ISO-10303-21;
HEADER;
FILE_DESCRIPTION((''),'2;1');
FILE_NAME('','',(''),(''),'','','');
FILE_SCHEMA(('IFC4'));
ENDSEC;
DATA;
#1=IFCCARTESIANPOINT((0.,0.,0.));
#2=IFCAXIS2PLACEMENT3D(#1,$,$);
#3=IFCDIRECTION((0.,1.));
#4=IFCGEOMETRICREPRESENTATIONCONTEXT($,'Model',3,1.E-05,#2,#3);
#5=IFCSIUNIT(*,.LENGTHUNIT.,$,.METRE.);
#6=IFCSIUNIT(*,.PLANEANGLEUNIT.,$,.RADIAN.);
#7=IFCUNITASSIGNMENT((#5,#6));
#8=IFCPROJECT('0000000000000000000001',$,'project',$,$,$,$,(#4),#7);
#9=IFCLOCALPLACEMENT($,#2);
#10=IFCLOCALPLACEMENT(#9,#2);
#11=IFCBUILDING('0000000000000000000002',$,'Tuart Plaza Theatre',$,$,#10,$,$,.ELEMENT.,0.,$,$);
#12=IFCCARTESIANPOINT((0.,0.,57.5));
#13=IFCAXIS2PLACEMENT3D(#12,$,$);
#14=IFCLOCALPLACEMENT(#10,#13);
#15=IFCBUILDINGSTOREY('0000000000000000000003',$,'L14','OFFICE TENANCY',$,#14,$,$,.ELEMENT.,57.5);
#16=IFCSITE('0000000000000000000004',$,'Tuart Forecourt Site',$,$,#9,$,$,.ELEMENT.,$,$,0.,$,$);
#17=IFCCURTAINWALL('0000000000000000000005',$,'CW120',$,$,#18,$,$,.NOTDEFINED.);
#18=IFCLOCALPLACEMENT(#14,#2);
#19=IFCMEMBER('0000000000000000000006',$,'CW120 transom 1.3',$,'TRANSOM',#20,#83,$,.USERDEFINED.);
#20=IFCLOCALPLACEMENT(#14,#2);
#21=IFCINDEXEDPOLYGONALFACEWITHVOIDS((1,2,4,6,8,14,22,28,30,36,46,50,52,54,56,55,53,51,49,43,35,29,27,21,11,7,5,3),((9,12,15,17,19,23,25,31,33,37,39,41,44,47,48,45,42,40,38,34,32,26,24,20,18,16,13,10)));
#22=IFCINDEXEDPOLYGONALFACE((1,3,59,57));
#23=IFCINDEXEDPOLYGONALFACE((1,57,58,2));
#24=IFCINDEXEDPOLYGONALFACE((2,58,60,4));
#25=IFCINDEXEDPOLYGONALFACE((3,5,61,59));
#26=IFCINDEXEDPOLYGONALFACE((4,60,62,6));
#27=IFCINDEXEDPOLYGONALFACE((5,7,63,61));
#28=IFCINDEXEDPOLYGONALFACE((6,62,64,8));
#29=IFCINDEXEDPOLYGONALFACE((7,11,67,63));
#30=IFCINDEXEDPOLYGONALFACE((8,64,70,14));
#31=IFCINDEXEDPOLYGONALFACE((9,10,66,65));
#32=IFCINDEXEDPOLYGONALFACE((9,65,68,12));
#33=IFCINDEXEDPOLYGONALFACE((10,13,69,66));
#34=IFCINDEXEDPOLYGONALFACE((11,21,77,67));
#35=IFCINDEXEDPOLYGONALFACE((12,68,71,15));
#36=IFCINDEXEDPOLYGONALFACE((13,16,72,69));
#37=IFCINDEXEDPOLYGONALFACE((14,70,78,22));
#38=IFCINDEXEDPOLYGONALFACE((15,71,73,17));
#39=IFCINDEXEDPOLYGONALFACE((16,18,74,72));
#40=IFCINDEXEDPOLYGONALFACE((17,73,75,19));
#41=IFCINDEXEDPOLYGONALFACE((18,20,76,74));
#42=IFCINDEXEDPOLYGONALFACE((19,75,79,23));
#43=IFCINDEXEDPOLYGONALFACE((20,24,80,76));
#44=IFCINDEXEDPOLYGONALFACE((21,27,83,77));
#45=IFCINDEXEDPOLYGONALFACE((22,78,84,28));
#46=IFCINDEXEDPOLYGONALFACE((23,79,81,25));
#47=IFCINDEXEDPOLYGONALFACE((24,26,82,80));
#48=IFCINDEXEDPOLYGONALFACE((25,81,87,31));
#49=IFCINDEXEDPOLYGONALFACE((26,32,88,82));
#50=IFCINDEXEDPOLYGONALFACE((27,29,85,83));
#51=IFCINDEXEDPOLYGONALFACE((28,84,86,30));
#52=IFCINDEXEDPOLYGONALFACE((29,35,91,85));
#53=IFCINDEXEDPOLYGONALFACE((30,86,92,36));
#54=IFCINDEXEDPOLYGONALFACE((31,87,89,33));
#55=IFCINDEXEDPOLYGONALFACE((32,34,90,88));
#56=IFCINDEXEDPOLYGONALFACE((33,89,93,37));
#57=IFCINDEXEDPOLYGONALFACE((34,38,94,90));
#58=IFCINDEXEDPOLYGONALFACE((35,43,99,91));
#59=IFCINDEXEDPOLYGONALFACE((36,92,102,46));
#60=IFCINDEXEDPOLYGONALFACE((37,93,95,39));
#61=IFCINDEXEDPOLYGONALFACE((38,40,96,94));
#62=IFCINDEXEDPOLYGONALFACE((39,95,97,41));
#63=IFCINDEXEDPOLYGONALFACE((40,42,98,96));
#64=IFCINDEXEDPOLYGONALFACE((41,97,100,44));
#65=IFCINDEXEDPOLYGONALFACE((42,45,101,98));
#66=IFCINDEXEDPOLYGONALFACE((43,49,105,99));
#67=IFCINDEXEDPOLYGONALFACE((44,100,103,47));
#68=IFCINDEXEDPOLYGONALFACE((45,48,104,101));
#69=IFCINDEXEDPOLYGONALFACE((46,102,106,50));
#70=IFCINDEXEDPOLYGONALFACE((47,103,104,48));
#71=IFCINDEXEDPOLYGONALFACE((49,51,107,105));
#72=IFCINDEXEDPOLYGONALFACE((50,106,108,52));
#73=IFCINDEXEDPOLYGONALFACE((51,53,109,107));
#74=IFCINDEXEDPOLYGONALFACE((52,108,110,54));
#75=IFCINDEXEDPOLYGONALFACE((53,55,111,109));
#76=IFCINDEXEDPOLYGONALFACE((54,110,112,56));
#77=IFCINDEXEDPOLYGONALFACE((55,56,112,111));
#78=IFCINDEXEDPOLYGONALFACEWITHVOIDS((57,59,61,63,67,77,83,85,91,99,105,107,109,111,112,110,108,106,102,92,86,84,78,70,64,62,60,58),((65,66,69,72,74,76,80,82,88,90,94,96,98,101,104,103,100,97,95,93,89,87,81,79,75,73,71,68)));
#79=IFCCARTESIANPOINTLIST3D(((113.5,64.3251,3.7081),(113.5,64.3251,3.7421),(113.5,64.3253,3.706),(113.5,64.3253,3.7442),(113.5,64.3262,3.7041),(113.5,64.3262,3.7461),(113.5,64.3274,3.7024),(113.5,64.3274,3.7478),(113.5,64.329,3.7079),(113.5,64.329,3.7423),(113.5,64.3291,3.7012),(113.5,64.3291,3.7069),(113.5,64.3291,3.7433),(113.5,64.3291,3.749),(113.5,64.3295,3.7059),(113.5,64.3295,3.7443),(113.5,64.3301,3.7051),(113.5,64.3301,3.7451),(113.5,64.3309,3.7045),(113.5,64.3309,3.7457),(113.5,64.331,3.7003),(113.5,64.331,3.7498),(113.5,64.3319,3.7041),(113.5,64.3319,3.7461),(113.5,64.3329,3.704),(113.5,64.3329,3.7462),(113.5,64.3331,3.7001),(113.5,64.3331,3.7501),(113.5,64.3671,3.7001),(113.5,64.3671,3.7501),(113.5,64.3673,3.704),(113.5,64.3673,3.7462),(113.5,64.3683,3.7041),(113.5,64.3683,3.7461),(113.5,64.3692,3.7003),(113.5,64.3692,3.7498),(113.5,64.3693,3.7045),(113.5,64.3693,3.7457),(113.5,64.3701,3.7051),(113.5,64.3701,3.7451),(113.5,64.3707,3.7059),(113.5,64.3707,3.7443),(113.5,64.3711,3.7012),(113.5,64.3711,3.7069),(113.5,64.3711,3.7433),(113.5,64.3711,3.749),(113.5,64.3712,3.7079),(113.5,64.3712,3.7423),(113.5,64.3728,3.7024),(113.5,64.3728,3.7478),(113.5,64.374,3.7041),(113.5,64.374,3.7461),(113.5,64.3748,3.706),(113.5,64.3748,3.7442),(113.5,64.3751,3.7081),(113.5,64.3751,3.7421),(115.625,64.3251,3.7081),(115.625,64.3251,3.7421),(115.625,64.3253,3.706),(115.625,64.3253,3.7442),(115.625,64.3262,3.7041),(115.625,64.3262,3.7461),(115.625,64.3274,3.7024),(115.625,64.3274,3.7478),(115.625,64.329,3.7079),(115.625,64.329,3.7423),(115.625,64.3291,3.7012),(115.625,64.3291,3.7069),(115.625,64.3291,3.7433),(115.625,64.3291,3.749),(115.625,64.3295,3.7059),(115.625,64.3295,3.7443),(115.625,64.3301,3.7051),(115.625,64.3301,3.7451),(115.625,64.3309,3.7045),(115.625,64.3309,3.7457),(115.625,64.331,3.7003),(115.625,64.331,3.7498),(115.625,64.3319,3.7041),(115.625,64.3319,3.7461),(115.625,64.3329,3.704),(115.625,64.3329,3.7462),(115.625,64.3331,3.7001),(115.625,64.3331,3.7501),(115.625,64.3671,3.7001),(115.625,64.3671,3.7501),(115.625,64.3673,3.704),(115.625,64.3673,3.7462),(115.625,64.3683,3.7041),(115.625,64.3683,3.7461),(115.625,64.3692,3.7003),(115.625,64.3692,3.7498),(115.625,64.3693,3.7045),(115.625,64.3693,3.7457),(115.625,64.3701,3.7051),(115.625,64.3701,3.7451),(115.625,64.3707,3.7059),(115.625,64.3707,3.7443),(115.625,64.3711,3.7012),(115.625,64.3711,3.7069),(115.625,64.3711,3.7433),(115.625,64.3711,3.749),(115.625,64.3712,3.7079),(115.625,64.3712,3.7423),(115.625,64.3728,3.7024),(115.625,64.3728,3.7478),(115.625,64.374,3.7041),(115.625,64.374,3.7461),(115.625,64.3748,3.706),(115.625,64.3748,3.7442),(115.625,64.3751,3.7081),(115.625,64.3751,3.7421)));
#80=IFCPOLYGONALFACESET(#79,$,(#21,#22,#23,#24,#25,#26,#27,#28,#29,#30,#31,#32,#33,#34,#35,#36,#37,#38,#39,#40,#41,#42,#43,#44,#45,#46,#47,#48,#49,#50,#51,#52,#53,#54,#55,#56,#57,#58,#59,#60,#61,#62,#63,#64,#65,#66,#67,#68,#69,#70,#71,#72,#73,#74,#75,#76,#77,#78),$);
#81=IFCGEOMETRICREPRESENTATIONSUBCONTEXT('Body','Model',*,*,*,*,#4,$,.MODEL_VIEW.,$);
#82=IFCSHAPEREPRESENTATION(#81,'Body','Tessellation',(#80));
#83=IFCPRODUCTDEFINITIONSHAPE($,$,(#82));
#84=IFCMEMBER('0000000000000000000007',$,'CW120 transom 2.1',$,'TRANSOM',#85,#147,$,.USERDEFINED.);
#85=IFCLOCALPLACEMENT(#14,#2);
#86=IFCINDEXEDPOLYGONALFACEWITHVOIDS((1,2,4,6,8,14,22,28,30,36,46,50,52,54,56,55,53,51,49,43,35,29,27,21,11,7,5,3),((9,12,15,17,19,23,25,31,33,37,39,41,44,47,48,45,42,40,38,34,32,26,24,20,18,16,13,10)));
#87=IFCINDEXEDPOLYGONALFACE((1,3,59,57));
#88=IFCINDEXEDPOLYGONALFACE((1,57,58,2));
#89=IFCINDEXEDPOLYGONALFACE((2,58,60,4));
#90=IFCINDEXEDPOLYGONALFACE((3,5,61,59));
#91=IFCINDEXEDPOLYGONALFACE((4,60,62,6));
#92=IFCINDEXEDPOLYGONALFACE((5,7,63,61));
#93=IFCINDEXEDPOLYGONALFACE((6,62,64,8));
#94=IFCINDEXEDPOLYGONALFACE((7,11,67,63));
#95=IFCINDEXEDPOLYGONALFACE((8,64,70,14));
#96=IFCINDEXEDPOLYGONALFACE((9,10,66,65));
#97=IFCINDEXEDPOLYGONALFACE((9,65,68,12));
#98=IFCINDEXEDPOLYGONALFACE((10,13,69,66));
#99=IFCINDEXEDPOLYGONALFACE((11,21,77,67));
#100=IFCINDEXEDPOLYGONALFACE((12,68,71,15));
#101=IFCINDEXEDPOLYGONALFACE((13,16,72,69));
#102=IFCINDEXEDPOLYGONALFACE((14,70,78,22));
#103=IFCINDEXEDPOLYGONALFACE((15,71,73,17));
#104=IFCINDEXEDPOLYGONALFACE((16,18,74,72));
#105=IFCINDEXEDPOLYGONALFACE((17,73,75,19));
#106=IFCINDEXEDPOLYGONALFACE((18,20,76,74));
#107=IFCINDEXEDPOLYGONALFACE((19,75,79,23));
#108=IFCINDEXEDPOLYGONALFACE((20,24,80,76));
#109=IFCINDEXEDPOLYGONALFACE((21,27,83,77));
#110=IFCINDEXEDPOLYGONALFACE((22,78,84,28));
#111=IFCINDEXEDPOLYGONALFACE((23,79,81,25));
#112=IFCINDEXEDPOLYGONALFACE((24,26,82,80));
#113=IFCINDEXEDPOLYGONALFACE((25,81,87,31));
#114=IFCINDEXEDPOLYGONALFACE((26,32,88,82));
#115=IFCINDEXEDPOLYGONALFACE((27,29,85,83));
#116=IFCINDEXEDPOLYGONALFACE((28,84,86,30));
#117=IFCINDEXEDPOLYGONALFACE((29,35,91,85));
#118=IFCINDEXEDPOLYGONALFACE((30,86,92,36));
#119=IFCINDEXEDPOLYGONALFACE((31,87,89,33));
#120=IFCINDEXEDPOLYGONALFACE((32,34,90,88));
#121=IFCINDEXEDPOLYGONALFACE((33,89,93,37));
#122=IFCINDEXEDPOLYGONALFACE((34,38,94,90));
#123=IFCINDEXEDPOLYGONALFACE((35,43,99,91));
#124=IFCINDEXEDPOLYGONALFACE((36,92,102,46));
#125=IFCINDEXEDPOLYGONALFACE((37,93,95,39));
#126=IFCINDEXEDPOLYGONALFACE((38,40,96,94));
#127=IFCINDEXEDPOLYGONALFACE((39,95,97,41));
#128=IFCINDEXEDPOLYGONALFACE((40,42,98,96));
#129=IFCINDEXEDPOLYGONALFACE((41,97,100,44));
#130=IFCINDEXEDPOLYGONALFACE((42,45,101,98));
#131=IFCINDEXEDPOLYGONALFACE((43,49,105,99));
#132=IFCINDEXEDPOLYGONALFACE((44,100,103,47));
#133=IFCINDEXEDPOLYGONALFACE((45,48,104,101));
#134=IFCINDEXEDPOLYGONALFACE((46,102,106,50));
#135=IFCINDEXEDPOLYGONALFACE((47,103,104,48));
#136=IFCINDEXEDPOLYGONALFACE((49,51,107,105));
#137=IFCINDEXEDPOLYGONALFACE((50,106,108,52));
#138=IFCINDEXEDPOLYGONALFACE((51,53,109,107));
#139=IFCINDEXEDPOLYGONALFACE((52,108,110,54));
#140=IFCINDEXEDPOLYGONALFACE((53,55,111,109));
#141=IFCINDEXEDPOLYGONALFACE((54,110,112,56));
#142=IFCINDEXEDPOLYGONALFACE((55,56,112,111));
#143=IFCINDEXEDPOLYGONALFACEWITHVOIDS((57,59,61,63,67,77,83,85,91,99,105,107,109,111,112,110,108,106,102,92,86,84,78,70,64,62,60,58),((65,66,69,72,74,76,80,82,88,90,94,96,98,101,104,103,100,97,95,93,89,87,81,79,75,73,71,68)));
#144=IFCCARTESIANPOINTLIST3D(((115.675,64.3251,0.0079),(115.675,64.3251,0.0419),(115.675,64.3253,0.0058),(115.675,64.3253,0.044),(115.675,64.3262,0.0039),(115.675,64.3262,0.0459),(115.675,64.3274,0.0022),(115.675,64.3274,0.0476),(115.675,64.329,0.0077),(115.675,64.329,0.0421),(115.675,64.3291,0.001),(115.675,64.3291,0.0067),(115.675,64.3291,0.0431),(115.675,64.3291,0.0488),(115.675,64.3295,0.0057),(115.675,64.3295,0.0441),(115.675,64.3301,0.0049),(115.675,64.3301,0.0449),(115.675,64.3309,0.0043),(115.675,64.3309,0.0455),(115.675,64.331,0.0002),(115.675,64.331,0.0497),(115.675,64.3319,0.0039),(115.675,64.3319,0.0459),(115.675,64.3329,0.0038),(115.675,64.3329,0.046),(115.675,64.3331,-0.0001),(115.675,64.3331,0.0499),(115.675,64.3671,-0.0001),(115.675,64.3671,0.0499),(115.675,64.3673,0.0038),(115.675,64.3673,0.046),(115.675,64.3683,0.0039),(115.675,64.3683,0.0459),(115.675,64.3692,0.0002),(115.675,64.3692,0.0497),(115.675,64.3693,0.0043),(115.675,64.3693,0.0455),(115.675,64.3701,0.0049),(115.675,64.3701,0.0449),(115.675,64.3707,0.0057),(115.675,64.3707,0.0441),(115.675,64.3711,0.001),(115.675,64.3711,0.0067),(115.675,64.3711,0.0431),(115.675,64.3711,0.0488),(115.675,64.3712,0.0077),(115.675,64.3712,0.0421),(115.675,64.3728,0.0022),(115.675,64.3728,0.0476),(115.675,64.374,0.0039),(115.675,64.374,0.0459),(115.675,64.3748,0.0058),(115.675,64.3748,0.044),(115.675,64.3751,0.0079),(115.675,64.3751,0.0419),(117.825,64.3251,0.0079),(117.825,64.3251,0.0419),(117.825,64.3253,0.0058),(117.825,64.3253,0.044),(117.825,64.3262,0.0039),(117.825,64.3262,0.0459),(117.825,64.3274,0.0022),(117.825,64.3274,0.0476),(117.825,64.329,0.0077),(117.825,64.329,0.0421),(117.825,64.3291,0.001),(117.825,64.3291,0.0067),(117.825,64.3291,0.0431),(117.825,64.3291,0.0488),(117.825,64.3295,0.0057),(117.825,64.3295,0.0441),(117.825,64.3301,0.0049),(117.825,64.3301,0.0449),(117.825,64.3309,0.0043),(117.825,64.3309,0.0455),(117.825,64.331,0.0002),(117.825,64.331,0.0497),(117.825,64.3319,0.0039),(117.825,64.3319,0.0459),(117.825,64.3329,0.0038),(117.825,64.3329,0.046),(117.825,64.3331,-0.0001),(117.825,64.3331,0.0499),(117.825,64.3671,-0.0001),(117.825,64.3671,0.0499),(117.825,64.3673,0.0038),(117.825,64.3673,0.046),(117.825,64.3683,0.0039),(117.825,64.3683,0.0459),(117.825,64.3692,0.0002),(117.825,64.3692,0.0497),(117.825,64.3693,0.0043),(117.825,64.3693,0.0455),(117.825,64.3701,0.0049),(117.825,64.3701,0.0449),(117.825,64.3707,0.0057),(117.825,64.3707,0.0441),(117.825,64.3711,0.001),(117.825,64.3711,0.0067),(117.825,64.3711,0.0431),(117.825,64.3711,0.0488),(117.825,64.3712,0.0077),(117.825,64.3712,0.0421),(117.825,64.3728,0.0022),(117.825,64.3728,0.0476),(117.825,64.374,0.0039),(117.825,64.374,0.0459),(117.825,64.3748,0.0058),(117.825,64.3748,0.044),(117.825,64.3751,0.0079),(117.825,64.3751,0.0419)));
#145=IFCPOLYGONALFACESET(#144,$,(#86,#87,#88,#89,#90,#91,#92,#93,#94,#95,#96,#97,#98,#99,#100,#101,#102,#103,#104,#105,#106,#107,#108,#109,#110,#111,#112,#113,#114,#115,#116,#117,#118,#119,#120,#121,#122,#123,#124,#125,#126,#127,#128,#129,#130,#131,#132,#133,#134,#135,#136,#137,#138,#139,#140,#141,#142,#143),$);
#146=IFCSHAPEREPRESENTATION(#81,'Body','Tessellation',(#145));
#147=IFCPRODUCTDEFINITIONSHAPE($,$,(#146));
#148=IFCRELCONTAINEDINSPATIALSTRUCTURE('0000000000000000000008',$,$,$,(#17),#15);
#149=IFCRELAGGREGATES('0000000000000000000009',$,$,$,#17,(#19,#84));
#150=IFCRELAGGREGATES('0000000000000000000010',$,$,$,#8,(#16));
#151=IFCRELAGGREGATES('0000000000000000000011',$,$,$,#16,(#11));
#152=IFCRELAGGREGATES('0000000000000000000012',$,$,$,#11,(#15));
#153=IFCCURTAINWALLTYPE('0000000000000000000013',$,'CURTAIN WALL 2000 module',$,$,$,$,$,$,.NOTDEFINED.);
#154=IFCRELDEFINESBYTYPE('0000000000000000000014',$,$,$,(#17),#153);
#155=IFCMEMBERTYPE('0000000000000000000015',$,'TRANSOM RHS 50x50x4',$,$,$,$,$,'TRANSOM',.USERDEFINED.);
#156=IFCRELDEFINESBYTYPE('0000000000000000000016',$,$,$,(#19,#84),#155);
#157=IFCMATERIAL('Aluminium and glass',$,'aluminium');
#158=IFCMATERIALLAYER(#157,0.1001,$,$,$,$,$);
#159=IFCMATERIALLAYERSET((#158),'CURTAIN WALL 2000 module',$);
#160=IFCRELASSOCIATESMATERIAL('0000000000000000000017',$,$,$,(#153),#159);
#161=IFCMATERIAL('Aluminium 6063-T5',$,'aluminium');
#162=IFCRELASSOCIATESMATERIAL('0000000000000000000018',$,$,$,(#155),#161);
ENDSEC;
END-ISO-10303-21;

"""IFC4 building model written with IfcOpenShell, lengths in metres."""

from ifc_helpers import new_model, si_unit, direction, frame, origin, origin_2d, place, context, subcontext, project, spatial, hollow_rectangle, extrude, material, layer, layer_set, material_profile, profile_set, type_object, element, aggregate, save


model = new_model("IFC4")

# Units and contexts
model_context = context("Model", 3, precision=1e-05, world=origin(), true_north=direction((0.0, 1.0)))
body_context = subcontext(model_context, "Body", "Model", "MODEL_VIEW")
ifc_project = project(units=[si_unit("LENGTHUNIT", "METRE"), si_unit("PLANEANGLEUNIT", "RADIAN")], contexts=[model_context])

# Site, building, storey
site_placement = place(None, origin())
site = spatial("IfcSite", under=ifc_project, at=site_placement, Name="Tuart Forecourt Site", CompositionType="ELEMENT", RefElevation=0.0)
building_placement = place(site_placement, origin())
building = spatial("IfcBuilding", under=site, at=building_placement, Name="Tuart Plaza Theatre", CompositionType="ELEMENT", ElevationOfRefHeight=0.0)
storey_placement = place(building_placement, frame((0.0, 0.0, 57.5)))
storey = spatial("IfcBuildingStorey", under=building, at=storey_placement, Name="L14", Description="OFFICE TENANCY", CompositionType="ELEMENT", Elevation=57.5)

# Curtain wall
ifc_material_1 = material(Name="Aluminium and glass", Category="aluminium")
ifc_layer_1 = layer(ifc_material_1, 0.1001)
ifc_layer_set_1 = layer_set([ifc_layer_1], Name="CURTAIN WALL 2000 module")
curtain_wall_type_1 = type_object("IfcCurtainWallType", Name="CURTAIN WALL 2000 module", PredefinedType="NOTDEFINED", material=ifc_layer_set_1)
curtain_wall_1_placement = place(storey_placement, origin())
curtain_wall_1 = element("IfcCurtainWall", 1, at=curtain_wall_1_placement, inside=storey, type_object=curtain_wall_type_1, Name="CW120", PredefinedType="NOTDEFINED")

# Shared definitions
ifc_material_2 = material(Name="Aluminium 6063-T5", Category="aluminium")
ifc_material_profile_1 = material_profile(ifc_material_2, hollow_rectangle(XDim=0.05, YDim=0.05, WallThickness=0.0039, InnerFilletRadius=0.0039, OuterFilletRadius=0.0081, at=origin_2d()), Name="RHS 50x50x4")
ifc_profile_set_1 = profile_set([ifc_material_profile_1], Name="Aluminium 6063-T5")
member_type_1 = type_object("IfcMemberType", Name="TRANSOM RHS 50x50x4", ElementType="TRANSOM", PredefinedType="USERDEFINED", material=ifc_profile_set_1)

# Members
member_1_placement = place(storey_placement, frame((113.5, 64.3501, 3.7251), z_axis=(1.0, 0.0, 0.0), x_axis=(0.0, 1.0, 0.0)))
member_1 = element("IfcMember", 2, at=member_1_placement, type_object=member_type_1, Name="CW120 transom 1.3", ObjectType="TRANSOM", PredefinedType="USERDEFINED", context=body_context, shape_type="SweptSolid", body=[
    extrude(hollow_rectangle(XDim=0.05, YDim=0.05, WallThickness=0.0039, InnerFilletRadius=0.0039, OuterFilletRadius=0.0081, at=origin_2d()), origin(), (0.0, 0.0, 1.0), 2.125),
])
member_2_placement = place(storey_placement, frame((115.675, 64.3501, 0.0249), z_axis=(1.0, 0.0, 0.0), x_axis=(0.0, 1.0, 0.0)))
member_2 = element("IfcMember", 3, at=member_2_placement, type_object=member_type_1, Name="CW120 transom 2.1", ObjectType="TRANSOM", PredefinedType="USERDEFINED", context=body_context, shape_type="SweptSolid", body=[
    extrude(hollow_rectangle(XDim=0.05, YDim=0.05, WallThickness=0.0039, InnerFilletRadius=0.0039, OuterFilletRadius=0.0081, at=origin_2d()), origin(), (0.0, 0.0, 1.0), 2.1499),
])

aggregate(curtain_wall_1, [member_1, member_2])

save(model, "model.ifc")
